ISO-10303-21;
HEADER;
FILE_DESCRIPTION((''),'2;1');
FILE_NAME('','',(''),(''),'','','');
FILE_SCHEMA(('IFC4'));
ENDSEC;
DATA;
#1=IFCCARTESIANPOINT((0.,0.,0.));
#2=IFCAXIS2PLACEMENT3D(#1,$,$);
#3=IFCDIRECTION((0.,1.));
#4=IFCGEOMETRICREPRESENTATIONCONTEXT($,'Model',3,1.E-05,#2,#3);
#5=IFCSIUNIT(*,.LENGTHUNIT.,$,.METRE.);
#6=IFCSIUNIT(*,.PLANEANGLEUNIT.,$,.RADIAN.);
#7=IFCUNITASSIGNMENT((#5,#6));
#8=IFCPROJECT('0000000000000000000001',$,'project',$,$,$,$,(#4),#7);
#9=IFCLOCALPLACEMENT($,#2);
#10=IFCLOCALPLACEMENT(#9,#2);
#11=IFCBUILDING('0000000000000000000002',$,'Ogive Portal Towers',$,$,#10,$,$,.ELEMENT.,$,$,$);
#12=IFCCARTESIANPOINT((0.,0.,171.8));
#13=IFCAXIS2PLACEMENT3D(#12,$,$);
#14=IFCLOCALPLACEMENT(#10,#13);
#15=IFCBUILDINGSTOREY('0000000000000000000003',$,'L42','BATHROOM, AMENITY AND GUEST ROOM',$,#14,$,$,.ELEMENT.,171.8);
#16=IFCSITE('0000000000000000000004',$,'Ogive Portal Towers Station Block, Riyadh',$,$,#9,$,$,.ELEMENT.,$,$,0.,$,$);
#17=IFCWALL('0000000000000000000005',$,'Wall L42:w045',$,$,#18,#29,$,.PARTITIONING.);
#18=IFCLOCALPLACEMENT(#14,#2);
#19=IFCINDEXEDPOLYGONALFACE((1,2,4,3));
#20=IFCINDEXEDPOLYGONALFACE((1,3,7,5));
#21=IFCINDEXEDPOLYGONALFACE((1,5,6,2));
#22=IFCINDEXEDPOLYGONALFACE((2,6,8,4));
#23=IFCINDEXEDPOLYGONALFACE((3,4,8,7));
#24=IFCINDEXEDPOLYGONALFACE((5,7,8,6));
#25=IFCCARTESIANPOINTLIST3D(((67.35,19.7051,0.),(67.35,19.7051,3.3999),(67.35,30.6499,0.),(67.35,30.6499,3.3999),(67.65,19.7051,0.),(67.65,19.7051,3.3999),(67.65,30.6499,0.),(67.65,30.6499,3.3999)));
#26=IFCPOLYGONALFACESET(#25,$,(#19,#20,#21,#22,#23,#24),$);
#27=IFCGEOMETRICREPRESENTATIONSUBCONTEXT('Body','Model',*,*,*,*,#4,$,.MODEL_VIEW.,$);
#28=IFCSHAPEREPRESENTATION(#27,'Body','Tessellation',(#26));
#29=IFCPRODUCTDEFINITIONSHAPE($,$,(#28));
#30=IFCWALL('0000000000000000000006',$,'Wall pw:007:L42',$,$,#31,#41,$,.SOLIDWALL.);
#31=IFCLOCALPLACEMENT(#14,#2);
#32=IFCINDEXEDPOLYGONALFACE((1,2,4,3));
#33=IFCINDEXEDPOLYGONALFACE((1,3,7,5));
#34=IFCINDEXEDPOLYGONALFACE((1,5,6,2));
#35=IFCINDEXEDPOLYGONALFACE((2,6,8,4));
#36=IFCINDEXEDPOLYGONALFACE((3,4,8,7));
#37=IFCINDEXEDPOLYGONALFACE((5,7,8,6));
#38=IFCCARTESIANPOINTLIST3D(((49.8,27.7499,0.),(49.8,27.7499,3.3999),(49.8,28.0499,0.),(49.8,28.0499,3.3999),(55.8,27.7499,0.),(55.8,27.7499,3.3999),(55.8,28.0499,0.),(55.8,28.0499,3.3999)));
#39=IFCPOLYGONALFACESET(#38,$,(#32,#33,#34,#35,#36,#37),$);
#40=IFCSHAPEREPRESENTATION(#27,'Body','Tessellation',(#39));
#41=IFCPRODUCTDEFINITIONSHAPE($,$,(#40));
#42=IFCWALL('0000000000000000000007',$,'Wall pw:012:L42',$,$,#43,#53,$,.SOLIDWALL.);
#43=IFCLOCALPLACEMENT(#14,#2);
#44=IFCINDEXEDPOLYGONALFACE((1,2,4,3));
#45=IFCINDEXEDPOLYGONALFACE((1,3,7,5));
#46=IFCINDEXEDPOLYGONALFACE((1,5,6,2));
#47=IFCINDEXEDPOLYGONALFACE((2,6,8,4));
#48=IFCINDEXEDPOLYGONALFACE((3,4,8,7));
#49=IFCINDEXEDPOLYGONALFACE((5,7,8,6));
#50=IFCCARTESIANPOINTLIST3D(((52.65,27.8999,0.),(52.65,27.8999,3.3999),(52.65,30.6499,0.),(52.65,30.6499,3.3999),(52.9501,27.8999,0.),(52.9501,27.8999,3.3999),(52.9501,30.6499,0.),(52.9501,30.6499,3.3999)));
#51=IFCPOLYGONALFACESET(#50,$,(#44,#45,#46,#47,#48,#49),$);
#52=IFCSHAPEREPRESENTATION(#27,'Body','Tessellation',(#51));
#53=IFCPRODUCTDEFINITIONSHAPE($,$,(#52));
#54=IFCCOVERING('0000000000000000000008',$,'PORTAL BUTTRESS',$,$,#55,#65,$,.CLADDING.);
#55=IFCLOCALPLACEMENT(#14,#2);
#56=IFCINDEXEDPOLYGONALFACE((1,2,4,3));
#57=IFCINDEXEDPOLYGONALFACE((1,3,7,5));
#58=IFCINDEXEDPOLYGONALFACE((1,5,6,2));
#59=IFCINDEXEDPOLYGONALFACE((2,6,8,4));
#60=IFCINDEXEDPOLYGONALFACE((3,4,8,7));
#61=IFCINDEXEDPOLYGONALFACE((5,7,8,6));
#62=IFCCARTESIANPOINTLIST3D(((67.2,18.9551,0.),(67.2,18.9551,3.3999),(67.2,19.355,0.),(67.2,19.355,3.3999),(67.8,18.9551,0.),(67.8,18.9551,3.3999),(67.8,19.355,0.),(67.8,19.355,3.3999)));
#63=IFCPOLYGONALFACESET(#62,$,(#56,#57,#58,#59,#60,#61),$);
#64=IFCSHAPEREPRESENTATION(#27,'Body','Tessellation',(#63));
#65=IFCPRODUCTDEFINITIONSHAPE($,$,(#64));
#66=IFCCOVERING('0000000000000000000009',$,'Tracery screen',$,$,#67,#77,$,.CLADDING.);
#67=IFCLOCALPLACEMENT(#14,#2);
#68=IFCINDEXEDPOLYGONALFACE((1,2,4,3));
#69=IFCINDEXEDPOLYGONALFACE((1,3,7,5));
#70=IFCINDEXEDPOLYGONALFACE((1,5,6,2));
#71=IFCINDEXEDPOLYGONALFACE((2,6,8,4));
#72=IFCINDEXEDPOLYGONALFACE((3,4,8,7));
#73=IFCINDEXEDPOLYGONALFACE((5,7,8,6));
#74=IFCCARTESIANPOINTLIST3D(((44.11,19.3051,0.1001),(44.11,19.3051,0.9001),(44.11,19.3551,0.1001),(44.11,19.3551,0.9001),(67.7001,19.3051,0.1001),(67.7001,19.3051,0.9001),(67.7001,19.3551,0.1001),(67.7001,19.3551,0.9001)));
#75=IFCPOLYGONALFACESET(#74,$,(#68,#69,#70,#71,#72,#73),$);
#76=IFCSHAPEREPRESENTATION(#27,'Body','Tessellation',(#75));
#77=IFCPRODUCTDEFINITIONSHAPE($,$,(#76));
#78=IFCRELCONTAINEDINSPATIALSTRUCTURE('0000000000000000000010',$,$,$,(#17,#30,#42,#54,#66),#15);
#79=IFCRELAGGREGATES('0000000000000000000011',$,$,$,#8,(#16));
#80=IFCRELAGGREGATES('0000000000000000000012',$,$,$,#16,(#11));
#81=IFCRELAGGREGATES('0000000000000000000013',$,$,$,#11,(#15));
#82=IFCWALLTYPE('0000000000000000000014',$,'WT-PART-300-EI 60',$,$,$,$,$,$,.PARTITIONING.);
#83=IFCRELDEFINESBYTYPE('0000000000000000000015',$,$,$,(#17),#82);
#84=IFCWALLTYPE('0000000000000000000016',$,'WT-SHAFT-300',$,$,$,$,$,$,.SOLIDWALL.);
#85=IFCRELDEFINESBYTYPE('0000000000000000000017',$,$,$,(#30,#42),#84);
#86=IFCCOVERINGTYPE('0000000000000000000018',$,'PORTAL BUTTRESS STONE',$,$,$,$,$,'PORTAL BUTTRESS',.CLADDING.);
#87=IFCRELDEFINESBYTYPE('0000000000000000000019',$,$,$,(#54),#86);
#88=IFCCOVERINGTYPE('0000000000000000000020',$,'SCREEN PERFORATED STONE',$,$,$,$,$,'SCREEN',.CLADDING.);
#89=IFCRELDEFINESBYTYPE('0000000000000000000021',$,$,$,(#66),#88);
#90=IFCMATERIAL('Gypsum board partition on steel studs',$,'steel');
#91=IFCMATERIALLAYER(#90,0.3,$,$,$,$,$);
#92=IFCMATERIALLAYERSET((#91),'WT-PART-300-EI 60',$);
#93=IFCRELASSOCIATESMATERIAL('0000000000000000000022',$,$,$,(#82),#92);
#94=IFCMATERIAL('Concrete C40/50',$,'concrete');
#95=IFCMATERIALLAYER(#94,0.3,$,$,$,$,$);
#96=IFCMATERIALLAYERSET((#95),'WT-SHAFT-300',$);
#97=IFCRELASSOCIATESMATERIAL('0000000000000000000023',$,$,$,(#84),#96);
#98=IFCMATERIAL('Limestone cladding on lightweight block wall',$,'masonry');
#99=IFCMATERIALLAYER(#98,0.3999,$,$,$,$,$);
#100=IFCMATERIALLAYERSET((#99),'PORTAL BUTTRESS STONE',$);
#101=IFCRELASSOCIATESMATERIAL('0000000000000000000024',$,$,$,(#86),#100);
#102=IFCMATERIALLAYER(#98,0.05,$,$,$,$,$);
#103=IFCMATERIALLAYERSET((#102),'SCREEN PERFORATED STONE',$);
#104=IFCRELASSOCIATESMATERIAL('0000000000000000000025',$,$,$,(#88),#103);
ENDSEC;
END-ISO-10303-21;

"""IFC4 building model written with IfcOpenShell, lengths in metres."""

from ifc_helpers import new_model, si_unit, direction, frame, frame_2d, origin, origin_2d, place, context, subcontext, project, spatial, rectangle, extrude, material, layer, layer_set, type_object, element, save


model = new_model("IFC4")

# Units and contexts
model_context = context("Model", 3, precision=1e-05, world=origin(), true_north=direction((0.0, 1.0)))
body_context = subcontext(model_context, "Body", "Model", "MODEL_VIEW")
ifc_project = project(units=[si_unit("LENGTHUNIT", "METRE"), si_unit("PLANEANGLEUNIT", "RADIAN")], contexts=[model_context])

# Site, building, storey
site_placement = place(None, origin())
site = spatial("IfcSite", under=ifc_project, at=site_placement, Name="Ogive Portal Towers Station Block, Riyadh", CompositionType="ELEMENT", RefElevation=0.0)
building_placement = place(site_placement, origin())
building = spatial("IfcBuilding", under=site, at=building_placement, Name="Ogive Portal Towers", CompositionType="ELEMENT")
storey_placement = place(building_placement, frame((0.0, 0.0, 171.8)))
storey = spatial("IfcBuildingStorey", under=building, at=storey_placement, Name="L42", Description="BATHROOM, AMENITY AND GUEST ROOM", CompositionType="ELEMENT", Elevation=171.8)

# Shared definitions
ifc_material_1 = material(Name="Gypsum board partition on steel studs", Category="steel")

# Shared definitions
ifc_layer_1 = layer(ifc_material_1, 0.3)
ifc_layer_set_1 = layer_set([ifc_layer_1], Name="WT-PART-300-EI 60")
wall_type_1 = type_object("IfcWallType", Name="WT-PART-300-EI 60", PredefinedType="PARTITIONING", material=ifc_layer_set_1)

# Walls
wall_1_placement = place(storey_placement, frame((67.5, 19.7051, 0.0), z_axis=(0.0, 0.0, 1.0), x_axis=(0.0, 1.0, 0.0)))
element("IfcWall", 1, at=wall_1_placement, inside=storey, type_object=wall_type_1, Name="Wall L42:w045", PredefinedType="PARTITIONING", context=body_context, shape_type="SweptSolid", body=[
    extrude(rectangle(XDim=10.9448, YDim=0.3, at=frame_2d((5.4724, 0.0))), origin(), (0.0, 0.0, 1.0), 3.3999),
])
ifc_material_2 = material(Name="Concrete C40/50", Category="concrete")
ifc_layer_2 = layer(ifc_material_2, 0.3)
ifc_layer_set_2 = layer_set([ifc_layer_2], Name="WT-SHAFT-300")
wall_type_2 = type_object("IfcWallType", Name="WT-SHAFT-300", PredefinedType="SOLIDWALL", material=ifc_layer_set_2)
wall_2_placement = place(storey_placement, frame((49.8, 27.8999, 0.0), z_axis=(0.0, 0.0, 1.0), x_axis=(1.0, 0.0, 0.0)))
element("IfcWall", 2, at=wall_2_placement, inside=storey, type_object=wall_type_2, Name="Wall pw:007:L42", PredefinedType="SOLIDWALL", context=body_context, shape_type="SweptSolid", body=[
    extrude(rectangle(XDim=6.0, YDim=0.3, at=frame_2d((3.0, 0.0))), origin(), (0.0, 0.0, 1.0), 3.3999),
])
wall_3_placement = place(storey_placement, frame((52.8, 27.8999, 0.0), z_axis=(0.0, 0.0, 1.0), x_axis=(0.0, 1.0, 0.0)))
element("IfcWall", 3, at=wall_3_placement, inside=storey, type_object=wall_type_2, Name="Wall pw:012:L42", PredefinedType="SOLIDWALL", context=body_context, shape_type="SweptSolid", body=[
    extrude(rectangle(XDim=2.75, YDim=0.3, at=frame_2d((1.375, 0.0))), origin(), (0.0, 0.0, 1.0), 3.3999),
])

# Coverings
ifc_material_3 = material(Name="Limestone cladding on lightweight block wall", Category="masonry")
ifc_layer_3 = layer(ifc_material_3, 0.3999)
ifc_layer_set_3 = layer_set([ifc_layer_3], Name="PORTAL BUTTRESS STONE")
covering_type_1 = type_object("IfcCoveringType", Name="PORTAL BUTTRESS STONE", ElementType="PORTAL BUTTRESS", PredefinedType="CLADDING", material=ifc_layer_set_3)
covering_1_placement = place(storey_placement, frame((67.5, 19.155, 0.0), z_axis=(0.0, 0.0, 1.0), x_axis=(1.0, 0.0, 0.0)))
element("IfcCovering", 4, at=covering_1_placement, inside=storey, type_object=covering_type_1, Name="PORTAL BUTTRESS", PredefinedType="CLADDING", context=body_context, shape_type="SweptSolid", body=[
    extrude(rectangle(XDim=0.6001, YDim=0.3999, at=origin_2d()), origin(), (0.0, 0.0, 1.0), 3.3999),
])
ifc_layer_4 = layer(ifc_material_3, 0.05)
ifc_layer_set_4 = layer_set([ifc_layer_4], Name="SCREEN PERFORATED STONE")
covering_type_2 = type_object("IfcCoveringType", Name="SCREEN PERFORATED STONE", ElementType="SCREEN", PredefinedType="CLADDING", material=ifc_layer_set_4)
covering_2_placement = place(storey_placement, frame((55.905, 19.3301, 0.1001), z_axis=(0.0, 0.0, 1.0), x_axis=(1.0, 0.0, 0.0)))
element("IfcCovering", 5, at=covering_2_placement, inside=storey, type_object=covering_type_2, Name="Tracery screen", PredefinedType="CLADDING", context=body_context, shape_type="SweptSolid", body=[
    extrude(rectangle(XDim=23.5901, YDim=0.05, at=origin_2d()), origin(), (0.0, 0.0, 1.0), 0.8),
])

save(model, "model.ifc")
